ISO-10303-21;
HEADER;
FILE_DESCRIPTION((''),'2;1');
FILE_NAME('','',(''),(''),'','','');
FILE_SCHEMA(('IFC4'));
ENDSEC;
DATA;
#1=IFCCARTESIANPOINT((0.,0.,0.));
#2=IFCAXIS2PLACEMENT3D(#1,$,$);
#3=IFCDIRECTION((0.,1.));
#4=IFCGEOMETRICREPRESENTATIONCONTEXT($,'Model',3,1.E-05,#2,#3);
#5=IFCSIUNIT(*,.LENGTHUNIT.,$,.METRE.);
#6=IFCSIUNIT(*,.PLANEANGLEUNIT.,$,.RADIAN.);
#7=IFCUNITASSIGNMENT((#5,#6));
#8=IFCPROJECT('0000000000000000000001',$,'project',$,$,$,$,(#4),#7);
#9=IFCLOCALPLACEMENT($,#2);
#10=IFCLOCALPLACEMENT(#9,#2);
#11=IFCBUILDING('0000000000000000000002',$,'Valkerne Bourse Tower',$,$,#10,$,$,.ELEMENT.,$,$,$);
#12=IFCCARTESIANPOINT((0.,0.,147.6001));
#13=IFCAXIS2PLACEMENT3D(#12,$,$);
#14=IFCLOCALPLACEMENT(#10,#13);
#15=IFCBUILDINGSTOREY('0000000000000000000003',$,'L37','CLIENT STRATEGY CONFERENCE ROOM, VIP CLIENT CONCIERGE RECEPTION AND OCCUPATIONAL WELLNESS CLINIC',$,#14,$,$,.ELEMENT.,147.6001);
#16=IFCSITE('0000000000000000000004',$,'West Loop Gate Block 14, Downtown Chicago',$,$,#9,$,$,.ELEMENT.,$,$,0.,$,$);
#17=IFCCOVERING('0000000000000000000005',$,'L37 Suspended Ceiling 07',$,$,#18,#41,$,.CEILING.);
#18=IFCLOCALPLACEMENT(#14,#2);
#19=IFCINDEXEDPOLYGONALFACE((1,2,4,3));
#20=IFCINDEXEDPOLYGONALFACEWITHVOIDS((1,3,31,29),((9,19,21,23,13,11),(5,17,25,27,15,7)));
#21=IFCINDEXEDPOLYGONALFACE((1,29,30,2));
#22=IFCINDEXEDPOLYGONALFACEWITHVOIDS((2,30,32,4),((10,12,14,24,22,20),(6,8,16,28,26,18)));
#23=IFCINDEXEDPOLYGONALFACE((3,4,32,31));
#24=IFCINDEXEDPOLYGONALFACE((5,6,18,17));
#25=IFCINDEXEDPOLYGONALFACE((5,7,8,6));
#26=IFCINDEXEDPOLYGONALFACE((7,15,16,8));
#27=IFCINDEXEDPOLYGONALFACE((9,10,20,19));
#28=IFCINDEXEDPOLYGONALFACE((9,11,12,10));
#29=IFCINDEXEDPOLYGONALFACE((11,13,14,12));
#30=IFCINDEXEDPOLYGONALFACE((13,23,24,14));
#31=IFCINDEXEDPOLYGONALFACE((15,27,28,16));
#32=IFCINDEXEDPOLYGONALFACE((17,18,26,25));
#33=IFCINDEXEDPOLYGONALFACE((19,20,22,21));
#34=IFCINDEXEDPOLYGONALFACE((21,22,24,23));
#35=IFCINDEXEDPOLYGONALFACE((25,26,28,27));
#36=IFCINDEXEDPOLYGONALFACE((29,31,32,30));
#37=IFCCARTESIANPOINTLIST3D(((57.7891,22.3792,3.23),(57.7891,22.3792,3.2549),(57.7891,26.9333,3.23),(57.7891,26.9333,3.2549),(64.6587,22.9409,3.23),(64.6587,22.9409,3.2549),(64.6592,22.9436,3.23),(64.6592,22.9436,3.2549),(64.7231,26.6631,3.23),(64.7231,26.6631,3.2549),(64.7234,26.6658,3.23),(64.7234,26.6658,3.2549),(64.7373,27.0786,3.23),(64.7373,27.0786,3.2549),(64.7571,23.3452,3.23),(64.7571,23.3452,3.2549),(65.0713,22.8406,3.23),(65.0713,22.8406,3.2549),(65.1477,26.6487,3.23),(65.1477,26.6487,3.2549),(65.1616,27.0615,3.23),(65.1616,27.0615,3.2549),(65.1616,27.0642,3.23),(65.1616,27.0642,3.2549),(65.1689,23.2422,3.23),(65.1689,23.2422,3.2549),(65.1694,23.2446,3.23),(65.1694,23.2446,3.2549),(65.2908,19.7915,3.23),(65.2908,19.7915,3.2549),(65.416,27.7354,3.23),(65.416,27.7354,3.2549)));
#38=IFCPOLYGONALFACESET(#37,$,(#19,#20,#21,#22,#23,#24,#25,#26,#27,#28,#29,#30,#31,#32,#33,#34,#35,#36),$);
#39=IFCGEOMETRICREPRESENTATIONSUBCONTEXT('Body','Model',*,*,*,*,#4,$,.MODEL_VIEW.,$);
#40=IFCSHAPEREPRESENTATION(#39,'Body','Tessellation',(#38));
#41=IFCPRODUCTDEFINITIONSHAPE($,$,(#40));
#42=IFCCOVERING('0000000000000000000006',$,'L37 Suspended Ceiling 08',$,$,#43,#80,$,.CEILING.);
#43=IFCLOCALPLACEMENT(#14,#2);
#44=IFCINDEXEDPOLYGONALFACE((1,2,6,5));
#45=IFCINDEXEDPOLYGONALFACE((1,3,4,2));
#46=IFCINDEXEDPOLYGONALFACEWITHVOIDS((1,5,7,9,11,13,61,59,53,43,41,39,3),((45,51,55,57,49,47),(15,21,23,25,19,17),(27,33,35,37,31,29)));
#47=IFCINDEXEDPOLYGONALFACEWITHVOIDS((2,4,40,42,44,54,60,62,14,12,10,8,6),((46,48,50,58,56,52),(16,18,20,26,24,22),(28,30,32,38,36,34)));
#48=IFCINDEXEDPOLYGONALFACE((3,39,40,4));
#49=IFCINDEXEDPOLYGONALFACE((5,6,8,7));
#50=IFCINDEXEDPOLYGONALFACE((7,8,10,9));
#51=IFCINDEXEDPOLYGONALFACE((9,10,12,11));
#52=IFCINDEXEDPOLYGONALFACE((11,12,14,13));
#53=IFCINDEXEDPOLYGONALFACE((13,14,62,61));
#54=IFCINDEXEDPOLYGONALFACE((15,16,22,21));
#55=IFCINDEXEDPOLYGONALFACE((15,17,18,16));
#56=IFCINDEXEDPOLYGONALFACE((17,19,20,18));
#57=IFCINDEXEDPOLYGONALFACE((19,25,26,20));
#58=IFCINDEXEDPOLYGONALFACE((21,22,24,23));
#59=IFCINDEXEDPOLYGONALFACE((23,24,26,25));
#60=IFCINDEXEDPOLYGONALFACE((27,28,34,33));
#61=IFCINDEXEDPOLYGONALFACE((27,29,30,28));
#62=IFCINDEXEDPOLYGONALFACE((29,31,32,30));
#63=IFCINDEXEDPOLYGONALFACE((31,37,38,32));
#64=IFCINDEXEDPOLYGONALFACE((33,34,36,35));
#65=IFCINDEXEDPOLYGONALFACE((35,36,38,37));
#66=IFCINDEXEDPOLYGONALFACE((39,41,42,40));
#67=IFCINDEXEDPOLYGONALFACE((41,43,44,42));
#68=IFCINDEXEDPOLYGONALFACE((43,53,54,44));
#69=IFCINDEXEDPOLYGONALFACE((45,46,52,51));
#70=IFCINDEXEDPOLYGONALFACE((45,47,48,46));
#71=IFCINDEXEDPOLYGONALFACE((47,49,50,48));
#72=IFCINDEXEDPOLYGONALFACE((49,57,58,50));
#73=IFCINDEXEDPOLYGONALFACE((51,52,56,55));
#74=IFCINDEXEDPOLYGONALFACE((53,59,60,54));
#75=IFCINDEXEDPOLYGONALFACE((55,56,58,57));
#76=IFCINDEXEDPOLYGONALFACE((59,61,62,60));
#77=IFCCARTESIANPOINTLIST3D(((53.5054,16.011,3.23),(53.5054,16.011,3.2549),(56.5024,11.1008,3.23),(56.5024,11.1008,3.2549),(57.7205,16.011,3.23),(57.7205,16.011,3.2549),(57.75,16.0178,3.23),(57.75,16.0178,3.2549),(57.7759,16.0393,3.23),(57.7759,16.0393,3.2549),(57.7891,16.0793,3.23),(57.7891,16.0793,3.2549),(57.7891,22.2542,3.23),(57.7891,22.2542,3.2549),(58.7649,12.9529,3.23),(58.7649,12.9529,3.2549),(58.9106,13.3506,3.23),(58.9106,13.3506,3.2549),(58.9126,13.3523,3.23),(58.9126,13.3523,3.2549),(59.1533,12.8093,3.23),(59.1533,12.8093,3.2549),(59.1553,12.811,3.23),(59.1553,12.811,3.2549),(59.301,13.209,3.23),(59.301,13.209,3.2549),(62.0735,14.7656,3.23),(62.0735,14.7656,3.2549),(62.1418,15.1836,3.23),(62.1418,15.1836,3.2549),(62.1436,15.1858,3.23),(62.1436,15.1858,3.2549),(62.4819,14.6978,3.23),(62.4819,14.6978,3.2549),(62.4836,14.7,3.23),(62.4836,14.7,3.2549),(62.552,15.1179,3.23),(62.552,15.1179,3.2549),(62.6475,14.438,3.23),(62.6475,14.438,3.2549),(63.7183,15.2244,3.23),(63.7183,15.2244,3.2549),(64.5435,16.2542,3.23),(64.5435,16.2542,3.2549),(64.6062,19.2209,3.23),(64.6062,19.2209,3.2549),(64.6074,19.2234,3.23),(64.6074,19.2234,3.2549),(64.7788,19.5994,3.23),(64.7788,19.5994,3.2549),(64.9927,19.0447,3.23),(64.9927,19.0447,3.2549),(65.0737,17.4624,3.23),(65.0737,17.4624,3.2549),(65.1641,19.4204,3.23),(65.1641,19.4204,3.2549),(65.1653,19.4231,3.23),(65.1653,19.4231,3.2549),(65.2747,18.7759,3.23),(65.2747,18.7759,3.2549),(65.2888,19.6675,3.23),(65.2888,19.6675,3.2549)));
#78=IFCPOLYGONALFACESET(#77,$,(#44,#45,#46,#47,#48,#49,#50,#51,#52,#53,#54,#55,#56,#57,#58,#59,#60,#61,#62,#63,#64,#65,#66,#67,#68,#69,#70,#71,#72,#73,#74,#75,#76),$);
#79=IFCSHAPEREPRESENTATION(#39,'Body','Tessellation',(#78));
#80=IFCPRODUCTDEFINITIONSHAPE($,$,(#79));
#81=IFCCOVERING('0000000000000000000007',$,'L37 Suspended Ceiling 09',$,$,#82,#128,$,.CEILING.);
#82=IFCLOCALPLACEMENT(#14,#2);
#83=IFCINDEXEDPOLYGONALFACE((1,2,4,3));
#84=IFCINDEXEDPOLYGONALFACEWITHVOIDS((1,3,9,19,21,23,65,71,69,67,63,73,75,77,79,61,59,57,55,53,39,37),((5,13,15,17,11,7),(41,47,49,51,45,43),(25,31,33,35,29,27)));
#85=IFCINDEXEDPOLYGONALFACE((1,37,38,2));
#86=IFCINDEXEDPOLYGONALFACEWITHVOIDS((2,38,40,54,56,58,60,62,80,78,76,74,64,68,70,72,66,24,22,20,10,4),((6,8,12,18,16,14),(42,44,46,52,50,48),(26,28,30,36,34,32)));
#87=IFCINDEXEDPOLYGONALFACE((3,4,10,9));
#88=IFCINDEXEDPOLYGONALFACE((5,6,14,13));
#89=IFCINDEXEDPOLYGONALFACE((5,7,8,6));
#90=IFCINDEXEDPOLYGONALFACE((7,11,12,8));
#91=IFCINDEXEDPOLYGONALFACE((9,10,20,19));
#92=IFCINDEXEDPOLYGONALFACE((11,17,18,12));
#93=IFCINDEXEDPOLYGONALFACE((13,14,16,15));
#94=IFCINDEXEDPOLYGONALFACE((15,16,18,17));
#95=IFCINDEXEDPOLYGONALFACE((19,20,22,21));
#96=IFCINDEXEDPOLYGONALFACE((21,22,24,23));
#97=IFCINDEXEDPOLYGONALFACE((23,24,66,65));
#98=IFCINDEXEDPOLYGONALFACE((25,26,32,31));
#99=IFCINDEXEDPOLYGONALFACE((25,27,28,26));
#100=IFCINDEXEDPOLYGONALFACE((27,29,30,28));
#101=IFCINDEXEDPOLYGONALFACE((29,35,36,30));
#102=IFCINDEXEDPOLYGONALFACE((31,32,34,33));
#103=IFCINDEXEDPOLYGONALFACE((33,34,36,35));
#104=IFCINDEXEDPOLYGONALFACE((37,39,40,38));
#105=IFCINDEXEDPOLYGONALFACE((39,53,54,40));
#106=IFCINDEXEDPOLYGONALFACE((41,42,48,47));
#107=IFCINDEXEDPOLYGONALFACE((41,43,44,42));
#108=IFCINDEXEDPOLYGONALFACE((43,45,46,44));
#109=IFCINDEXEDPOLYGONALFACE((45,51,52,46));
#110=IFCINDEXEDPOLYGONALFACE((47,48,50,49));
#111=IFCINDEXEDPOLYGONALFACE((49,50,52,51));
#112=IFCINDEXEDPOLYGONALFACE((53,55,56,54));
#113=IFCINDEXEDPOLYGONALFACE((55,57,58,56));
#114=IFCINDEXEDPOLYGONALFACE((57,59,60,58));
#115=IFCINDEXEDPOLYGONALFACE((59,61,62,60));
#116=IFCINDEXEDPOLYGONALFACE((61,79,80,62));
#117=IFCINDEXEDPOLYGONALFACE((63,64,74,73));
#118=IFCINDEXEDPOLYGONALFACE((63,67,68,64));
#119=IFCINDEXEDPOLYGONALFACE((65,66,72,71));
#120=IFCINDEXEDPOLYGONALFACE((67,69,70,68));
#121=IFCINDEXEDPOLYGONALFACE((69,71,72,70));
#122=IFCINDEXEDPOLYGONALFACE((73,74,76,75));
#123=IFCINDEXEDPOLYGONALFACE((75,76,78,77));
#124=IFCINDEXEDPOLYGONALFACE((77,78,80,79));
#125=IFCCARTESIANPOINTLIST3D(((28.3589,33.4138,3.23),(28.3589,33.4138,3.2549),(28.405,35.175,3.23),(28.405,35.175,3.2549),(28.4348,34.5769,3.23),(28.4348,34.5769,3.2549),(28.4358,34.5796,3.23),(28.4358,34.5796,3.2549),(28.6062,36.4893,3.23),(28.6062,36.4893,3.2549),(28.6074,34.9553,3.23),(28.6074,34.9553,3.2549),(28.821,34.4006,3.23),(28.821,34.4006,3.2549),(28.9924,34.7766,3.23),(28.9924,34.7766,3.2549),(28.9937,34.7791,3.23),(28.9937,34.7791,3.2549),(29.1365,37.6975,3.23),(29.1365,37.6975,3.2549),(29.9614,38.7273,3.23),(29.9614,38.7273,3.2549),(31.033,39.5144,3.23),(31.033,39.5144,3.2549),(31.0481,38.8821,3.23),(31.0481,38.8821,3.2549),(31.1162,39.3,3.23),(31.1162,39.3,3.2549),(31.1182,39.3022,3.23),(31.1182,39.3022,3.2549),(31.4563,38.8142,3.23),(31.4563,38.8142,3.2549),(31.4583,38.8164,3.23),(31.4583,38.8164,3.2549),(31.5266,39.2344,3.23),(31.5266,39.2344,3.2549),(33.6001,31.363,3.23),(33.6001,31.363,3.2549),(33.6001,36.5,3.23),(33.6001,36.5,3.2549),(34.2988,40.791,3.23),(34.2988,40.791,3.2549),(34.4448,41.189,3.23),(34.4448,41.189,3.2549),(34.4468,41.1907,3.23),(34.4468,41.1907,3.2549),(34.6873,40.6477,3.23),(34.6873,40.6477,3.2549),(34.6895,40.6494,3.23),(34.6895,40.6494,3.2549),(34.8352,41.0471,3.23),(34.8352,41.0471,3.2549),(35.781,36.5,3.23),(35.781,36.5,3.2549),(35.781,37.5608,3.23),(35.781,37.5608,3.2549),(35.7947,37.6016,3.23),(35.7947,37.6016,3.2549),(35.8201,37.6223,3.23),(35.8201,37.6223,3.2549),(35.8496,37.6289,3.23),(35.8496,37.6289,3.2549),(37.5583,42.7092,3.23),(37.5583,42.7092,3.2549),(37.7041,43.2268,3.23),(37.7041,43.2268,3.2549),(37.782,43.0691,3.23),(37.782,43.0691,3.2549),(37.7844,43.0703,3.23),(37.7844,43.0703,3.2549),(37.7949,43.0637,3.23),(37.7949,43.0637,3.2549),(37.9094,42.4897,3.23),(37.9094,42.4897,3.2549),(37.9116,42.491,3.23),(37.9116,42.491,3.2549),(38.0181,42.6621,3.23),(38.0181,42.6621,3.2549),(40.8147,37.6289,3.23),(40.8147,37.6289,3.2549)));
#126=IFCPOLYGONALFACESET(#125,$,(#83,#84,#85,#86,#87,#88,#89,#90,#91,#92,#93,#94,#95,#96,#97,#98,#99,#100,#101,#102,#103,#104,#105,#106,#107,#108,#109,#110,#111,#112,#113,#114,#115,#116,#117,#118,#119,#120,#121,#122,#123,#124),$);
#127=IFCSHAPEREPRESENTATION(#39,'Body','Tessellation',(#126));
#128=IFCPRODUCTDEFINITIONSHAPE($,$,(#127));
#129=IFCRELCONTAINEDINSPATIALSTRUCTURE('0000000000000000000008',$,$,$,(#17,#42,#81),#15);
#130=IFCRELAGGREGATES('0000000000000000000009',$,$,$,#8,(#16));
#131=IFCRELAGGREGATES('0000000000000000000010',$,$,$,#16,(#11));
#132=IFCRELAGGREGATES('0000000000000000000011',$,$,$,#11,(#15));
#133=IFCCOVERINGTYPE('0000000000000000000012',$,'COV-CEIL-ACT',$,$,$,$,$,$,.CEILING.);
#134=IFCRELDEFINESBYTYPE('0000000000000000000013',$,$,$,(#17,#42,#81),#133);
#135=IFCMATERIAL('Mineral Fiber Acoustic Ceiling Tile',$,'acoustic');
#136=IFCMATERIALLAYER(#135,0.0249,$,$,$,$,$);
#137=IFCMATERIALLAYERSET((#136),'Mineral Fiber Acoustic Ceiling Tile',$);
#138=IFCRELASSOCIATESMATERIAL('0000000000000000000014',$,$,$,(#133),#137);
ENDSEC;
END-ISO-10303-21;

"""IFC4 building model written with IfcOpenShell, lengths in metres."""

from ifc_helpers import new_model, si_unit, direction, frame, origin, place, context, subcontext, project, spatial, polyline, outline, extrude, material, layer, layer_set, type_object, element, save


model = new_model("IFC4")

# Units and contexts
model_context = context("Model", 3, precision=1e-05, world=origin(), true_north=direction((0.0, 1.0)))
body_context = subcontext(model_context, "Body", "Model", "MODEL_VIEW")
ifc_project = project(units=[si_unit("LENGTHUNIT", "METRE"), si_unit("PLANEANGLEUNIT", "RADIAN")], contexts=[model_context])

# Site, building, storey
site_placement = place(None, origin())
site = spatial("IfcSite", under=ifc_project, at=site_placement, Name="West Loop Gate Block 14, Downtown Chicago", CompositionType="ELEMENT", RefElevation=0.0)
building_placement = place(site_placement, origin())
building = spatial("IfcBuilding", under=site, at=building_placement, Name="Valkerne Bourse Tower", CompositionType="ELEMENT")
storey_placement = place(building_placement, frame((0.0, 0.0, 147.6001)))
storey = spatial("IfcBuildingStorey", under=building, at=storey_placement, Name="L37", Description="CLIENT STRATEGY CONFERENCE ROOM, VIP CLIENT CONCIERGE RECEPTION AND OCCUPATIONAL WELLNESS CLINIC", CompositionType="ELEMENT", Elevation=147.6001)

# Coverings
ifc_material_1 = material(Name="Mineral Fiber Acoustic Ceiling Tile", Category="acoustic")
ifc_layer_1 = layer(ifc_material_1, 0.0249)
ifc_layer_set_1 = layer_set([ifc_layer_1], Name="Mineral Fiber Acoustic Ceiling Tile")
covering_type_1 = type_object("IfcCoveringType", Name="COV-CEIL-ACT", PredefinedType="CEILING", material=ifc_layer_set_1)
covering_1_placement = place(storey_placement, frame((0.0, 0.0, 3.23)))
element("IfcCovering", 1, at=covering_1_placement, inside=storey, type_object=covering_type_1, Name="L37 Suspended Ceiling 07", PredefinedType="CEILING", context=body_context, shape_type="SweptSolid", body=[
    extrude(outline(polyline([(57.7891, 26.9333), (65.416, 27.7354), (65.2908, 19.7915), (57.7891, 22.3792), (57.7891, 26.9333)]), holes=[polyline([(65.1694, 23.2446), (64.7571, 23.3452), (64.6592, 22.9436), (64.6587, 22.9409), (65.0713, 22.8406), (65.1689, 23.2422), (65.1694, 23.2446)]), polyline([(65.1616, 27.0615), (65.1616, 27.0642), (64.7373, 27.0786), (64.7234, 26.6658), (64.7231, 26.6631), (65.1477, 26.6487), (65.1616, 27.0615)])]), origin(), (0.0, 0.0, 1.0), 0.0249),
])
covering_2_placement = place(storey_placement, frame((0.0, 0.0, 3.23)))
element("IfcCovering", 2, at=covering_2_placement, inside=storey, type_object=covering_type_1, Name="L37 Suspended Ceiling 08", PredefinedType="CEILING", context=body_context, shape_type="SweptSolid", body=[
    extrude(outline(polyline([(63.7183, 15.2244), (62.6475, 14.438), (56.5024, 11.1008), (53.5054, 16.011), (57.7205, 16.011), (57.75, 16.0178), (57.7759, 16.0393), (57.7891, 16.0793), (57.7891, 22.2542), (65.2888, 19.6675), (65.2747, 18.7759), (65.0737, 17.4624), (64.5435, 16.2542), (63.7183, 15.2244)]), holes=[polyline([(59.1553, 12.811), (59.301, 13.209), (58.9126, 13.3523), (58.9106, 13.3506), (58.7649, 12.9529), (59.1533, 12.8093), (59.1553, 12.811)]), polyline([(62.552, 15.1179), (62.1436, 15.1858), (62.1418, 15.1836), (62.0735, 14.7656), (62.4819, 14.6978), (62.4836, 14.7), (62.552, 15.1179)]), polyline([(65.1653, 19.4231), (64.7788, 19.5994), (64.6074, 19.2234), (64.6062, 19.2209), (64.9927, 19.0447), (65.1641, 19.4204), (65.1653, 19.4231)])]), origin(), (0.0, 0.0, 1.0), 0.0249),
])
covering_3_placement = place(storey_placement, frame((0.0, 0.0, 3.23)))
element("IfcCovering", 3, at=covering_3_placement, inside=storey, type_object=covering_type_1, Name="L37 Suspended Ceiling 09", PredefinedType="CEILING", context=body_context, shape_type="SweptSolid", body=[
    extrude(outline(polyline([(29.1365, 37.6975), (29.9614, 38.7273), (31.033, 39.5144), (37.7041, 43.2268), (37.7949, 43.0637), (37.7844, 43.0703), (37.782, 43.0691), (37.5583, 42.7092), (37.9094, 42.4897), (37.9116, 42.491), (38.0181, 42.6621), (40.8147, 37.6289), (35.8496, 37.6289), (35.8201, 37.6223), (35.7947, 37.6016), (35.781, 37.5608), (35.781, 36.5), (33.6001, 36.5), (33.6001, 31.363), (28.3589, 33.4138), (28.405, 35.175), (28.6062, 36.4893), (29.1365, 37.6975)]), holes=[polyline([(28.9937, 34.7791), (28.6074, 34.9553), (28.4358, 34.5796), (28.4348, 34.5769), (28.821, 34.4006), (28.9924, 34.7766), (28.9937, 34.7791)]), polyline([(31.5266, 39.2344), (31.1182, 39.3022), (31.1162, 39.3), (31.0481, 38.8821), (31.4563, 38.8142), (31.4583, 38.8164), (31.5266, 39.2344)]), polyline([(34.8352, 41.0471), (34.4468, 41.1907), (34.4448, 41.189), (34.2988, 40.791), (34.6873, 40.6477), (34.6895, 40.6494), (34.8352, 41.0471)])]), origin(), (0.0, 0.0, 1.0), 0.0249),
])

save(model, "model.ifc")
